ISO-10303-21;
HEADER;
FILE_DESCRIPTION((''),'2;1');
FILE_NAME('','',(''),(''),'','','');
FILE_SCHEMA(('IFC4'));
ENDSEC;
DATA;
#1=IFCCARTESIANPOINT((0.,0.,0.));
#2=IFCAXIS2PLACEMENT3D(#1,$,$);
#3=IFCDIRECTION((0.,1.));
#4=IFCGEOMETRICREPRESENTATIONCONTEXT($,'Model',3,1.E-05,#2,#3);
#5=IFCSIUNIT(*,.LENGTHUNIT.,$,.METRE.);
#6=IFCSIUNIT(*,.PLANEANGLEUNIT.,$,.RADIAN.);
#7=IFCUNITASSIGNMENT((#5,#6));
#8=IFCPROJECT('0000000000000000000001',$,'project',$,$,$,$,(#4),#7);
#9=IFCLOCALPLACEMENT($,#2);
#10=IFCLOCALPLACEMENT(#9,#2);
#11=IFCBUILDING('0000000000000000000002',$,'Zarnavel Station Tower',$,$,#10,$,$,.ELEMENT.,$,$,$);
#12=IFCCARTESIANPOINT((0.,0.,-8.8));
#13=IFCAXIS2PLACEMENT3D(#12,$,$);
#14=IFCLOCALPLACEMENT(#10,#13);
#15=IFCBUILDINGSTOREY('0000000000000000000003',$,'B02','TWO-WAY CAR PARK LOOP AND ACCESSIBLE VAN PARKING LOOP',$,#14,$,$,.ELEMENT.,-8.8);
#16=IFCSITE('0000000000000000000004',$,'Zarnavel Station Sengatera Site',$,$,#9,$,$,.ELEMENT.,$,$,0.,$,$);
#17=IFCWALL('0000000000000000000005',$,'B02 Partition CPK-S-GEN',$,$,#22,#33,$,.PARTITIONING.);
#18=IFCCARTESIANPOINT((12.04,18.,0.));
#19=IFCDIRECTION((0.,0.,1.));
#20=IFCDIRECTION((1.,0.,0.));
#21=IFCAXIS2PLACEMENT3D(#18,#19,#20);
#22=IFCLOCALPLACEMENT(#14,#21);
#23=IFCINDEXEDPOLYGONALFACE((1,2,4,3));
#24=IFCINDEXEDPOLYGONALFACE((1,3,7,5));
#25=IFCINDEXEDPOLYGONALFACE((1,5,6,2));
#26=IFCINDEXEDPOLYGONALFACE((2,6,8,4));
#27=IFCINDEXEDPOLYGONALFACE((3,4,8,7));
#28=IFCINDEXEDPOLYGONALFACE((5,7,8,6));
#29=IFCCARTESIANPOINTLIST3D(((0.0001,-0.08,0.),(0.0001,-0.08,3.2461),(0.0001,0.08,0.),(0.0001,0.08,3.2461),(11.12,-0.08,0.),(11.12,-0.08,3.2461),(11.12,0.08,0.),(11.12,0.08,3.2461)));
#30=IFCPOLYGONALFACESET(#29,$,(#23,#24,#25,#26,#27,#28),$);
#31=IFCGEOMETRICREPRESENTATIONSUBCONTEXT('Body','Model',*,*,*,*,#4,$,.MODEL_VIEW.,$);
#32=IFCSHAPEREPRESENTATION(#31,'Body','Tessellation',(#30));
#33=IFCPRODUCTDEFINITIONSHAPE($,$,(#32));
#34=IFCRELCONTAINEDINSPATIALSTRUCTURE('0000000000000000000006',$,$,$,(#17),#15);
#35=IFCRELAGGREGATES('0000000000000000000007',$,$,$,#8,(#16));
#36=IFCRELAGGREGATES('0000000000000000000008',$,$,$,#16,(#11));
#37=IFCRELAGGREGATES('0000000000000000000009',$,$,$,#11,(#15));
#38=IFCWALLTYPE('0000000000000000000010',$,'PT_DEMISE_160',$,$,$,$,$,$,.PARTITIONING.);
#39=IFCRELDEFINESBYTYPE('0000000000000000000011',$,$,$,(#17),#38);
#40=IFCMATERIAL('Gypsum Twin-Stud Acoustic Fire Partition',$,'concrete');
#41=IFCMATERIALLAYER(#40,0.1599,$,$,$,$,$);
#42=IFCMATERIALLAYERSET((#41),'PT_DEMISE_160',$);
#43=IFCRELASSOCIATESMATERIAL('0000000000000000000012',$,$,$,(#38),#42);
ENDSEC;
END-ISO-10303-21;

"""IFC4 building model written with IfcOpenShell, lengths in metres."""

from ifc_helpers import new_model, si_unit, direction, frame, frame_2d, origin, place, context, subcontext, project, spatial, rectangle, extrude, material, layer, layer_set, type_object, element, save


model = new_model("IFC4")

# Units and contexts
model_context = context("Model", 3, precision=1e-05, world=origin(), true_north=direction((0.0, 1.0)))
body_context = subcontext(model_context, "Body", "Model", "MODEL_VIEW")
ifc_project = project(units=[si_unit("LENGTHUNIT", "METRE"), si_unit("PLANEANGLEUNIT", "RADIAN")], contexts=[model_context])

# Site, building, storey
site_placement = place(None, origin())
site = spatial("IfcSite", under=ifc_project, at=site_placement, Name="Zarnavel Station Sengatera Site", CompositionType="ELEMENT", RefElevation=0.0)
building_placement = place(site_placement, origin())
building = spatial("IfcBuilding", under=site, at=building_placement, Name="Zarnavel Station Tower", CompositionType="ELEMENT")
storey_placement = place(building_placement, frame((0.0, 0.0, -8.8)))
storey = spatial("IfcBuildingStorey", under=building, at=storey_placement, Name="B02", Description="TWO-WAY CAR PARK LOOP AND ACCESSIBLE VAN PARKING LOOP", CompositionType="ELEMENT", Elevation=-8.8)

# Shared definitions
ifc_material_1 = material(Name="Gypsum Twin-Stud Acoustic Fire Partition", Category="concrete")
ifc_layer_1 = layer(ifc_material_1, 0.1599)
ifc_layer_set_1 = layer_set([ifc_layer_1], Name="PT_DEMISE_160")
wall_type = type_object("IfcWallType", Name="PT_DEMISE_160", PredefinedType="PARTITIONING", material=ifc_layer_set_1)

# Wall
wall_1_placement = place(storey_placement, frame((12.04, 18.0, 0.0), z_axis=(0.0, 0.0, 1.0), x_axis=(1.0, 0.0, 0.0)))
element("IfcWall", 1, at=wall_1_placement, inside=storey, type_object=wall_type, Name="B02 Partition CPK-S-GEN", PredefinedType="PARTITIONING", context=body_context, shape_type="SweptSolid", body=[
    extrude(rectangle(XDim=11.1199, YDim=0.1599, at=frame_2d((5.5601, 0.0))), origin(), (0.0, 0.0, 1.0), 3.2461),
])

save(model, "model.ifc")
